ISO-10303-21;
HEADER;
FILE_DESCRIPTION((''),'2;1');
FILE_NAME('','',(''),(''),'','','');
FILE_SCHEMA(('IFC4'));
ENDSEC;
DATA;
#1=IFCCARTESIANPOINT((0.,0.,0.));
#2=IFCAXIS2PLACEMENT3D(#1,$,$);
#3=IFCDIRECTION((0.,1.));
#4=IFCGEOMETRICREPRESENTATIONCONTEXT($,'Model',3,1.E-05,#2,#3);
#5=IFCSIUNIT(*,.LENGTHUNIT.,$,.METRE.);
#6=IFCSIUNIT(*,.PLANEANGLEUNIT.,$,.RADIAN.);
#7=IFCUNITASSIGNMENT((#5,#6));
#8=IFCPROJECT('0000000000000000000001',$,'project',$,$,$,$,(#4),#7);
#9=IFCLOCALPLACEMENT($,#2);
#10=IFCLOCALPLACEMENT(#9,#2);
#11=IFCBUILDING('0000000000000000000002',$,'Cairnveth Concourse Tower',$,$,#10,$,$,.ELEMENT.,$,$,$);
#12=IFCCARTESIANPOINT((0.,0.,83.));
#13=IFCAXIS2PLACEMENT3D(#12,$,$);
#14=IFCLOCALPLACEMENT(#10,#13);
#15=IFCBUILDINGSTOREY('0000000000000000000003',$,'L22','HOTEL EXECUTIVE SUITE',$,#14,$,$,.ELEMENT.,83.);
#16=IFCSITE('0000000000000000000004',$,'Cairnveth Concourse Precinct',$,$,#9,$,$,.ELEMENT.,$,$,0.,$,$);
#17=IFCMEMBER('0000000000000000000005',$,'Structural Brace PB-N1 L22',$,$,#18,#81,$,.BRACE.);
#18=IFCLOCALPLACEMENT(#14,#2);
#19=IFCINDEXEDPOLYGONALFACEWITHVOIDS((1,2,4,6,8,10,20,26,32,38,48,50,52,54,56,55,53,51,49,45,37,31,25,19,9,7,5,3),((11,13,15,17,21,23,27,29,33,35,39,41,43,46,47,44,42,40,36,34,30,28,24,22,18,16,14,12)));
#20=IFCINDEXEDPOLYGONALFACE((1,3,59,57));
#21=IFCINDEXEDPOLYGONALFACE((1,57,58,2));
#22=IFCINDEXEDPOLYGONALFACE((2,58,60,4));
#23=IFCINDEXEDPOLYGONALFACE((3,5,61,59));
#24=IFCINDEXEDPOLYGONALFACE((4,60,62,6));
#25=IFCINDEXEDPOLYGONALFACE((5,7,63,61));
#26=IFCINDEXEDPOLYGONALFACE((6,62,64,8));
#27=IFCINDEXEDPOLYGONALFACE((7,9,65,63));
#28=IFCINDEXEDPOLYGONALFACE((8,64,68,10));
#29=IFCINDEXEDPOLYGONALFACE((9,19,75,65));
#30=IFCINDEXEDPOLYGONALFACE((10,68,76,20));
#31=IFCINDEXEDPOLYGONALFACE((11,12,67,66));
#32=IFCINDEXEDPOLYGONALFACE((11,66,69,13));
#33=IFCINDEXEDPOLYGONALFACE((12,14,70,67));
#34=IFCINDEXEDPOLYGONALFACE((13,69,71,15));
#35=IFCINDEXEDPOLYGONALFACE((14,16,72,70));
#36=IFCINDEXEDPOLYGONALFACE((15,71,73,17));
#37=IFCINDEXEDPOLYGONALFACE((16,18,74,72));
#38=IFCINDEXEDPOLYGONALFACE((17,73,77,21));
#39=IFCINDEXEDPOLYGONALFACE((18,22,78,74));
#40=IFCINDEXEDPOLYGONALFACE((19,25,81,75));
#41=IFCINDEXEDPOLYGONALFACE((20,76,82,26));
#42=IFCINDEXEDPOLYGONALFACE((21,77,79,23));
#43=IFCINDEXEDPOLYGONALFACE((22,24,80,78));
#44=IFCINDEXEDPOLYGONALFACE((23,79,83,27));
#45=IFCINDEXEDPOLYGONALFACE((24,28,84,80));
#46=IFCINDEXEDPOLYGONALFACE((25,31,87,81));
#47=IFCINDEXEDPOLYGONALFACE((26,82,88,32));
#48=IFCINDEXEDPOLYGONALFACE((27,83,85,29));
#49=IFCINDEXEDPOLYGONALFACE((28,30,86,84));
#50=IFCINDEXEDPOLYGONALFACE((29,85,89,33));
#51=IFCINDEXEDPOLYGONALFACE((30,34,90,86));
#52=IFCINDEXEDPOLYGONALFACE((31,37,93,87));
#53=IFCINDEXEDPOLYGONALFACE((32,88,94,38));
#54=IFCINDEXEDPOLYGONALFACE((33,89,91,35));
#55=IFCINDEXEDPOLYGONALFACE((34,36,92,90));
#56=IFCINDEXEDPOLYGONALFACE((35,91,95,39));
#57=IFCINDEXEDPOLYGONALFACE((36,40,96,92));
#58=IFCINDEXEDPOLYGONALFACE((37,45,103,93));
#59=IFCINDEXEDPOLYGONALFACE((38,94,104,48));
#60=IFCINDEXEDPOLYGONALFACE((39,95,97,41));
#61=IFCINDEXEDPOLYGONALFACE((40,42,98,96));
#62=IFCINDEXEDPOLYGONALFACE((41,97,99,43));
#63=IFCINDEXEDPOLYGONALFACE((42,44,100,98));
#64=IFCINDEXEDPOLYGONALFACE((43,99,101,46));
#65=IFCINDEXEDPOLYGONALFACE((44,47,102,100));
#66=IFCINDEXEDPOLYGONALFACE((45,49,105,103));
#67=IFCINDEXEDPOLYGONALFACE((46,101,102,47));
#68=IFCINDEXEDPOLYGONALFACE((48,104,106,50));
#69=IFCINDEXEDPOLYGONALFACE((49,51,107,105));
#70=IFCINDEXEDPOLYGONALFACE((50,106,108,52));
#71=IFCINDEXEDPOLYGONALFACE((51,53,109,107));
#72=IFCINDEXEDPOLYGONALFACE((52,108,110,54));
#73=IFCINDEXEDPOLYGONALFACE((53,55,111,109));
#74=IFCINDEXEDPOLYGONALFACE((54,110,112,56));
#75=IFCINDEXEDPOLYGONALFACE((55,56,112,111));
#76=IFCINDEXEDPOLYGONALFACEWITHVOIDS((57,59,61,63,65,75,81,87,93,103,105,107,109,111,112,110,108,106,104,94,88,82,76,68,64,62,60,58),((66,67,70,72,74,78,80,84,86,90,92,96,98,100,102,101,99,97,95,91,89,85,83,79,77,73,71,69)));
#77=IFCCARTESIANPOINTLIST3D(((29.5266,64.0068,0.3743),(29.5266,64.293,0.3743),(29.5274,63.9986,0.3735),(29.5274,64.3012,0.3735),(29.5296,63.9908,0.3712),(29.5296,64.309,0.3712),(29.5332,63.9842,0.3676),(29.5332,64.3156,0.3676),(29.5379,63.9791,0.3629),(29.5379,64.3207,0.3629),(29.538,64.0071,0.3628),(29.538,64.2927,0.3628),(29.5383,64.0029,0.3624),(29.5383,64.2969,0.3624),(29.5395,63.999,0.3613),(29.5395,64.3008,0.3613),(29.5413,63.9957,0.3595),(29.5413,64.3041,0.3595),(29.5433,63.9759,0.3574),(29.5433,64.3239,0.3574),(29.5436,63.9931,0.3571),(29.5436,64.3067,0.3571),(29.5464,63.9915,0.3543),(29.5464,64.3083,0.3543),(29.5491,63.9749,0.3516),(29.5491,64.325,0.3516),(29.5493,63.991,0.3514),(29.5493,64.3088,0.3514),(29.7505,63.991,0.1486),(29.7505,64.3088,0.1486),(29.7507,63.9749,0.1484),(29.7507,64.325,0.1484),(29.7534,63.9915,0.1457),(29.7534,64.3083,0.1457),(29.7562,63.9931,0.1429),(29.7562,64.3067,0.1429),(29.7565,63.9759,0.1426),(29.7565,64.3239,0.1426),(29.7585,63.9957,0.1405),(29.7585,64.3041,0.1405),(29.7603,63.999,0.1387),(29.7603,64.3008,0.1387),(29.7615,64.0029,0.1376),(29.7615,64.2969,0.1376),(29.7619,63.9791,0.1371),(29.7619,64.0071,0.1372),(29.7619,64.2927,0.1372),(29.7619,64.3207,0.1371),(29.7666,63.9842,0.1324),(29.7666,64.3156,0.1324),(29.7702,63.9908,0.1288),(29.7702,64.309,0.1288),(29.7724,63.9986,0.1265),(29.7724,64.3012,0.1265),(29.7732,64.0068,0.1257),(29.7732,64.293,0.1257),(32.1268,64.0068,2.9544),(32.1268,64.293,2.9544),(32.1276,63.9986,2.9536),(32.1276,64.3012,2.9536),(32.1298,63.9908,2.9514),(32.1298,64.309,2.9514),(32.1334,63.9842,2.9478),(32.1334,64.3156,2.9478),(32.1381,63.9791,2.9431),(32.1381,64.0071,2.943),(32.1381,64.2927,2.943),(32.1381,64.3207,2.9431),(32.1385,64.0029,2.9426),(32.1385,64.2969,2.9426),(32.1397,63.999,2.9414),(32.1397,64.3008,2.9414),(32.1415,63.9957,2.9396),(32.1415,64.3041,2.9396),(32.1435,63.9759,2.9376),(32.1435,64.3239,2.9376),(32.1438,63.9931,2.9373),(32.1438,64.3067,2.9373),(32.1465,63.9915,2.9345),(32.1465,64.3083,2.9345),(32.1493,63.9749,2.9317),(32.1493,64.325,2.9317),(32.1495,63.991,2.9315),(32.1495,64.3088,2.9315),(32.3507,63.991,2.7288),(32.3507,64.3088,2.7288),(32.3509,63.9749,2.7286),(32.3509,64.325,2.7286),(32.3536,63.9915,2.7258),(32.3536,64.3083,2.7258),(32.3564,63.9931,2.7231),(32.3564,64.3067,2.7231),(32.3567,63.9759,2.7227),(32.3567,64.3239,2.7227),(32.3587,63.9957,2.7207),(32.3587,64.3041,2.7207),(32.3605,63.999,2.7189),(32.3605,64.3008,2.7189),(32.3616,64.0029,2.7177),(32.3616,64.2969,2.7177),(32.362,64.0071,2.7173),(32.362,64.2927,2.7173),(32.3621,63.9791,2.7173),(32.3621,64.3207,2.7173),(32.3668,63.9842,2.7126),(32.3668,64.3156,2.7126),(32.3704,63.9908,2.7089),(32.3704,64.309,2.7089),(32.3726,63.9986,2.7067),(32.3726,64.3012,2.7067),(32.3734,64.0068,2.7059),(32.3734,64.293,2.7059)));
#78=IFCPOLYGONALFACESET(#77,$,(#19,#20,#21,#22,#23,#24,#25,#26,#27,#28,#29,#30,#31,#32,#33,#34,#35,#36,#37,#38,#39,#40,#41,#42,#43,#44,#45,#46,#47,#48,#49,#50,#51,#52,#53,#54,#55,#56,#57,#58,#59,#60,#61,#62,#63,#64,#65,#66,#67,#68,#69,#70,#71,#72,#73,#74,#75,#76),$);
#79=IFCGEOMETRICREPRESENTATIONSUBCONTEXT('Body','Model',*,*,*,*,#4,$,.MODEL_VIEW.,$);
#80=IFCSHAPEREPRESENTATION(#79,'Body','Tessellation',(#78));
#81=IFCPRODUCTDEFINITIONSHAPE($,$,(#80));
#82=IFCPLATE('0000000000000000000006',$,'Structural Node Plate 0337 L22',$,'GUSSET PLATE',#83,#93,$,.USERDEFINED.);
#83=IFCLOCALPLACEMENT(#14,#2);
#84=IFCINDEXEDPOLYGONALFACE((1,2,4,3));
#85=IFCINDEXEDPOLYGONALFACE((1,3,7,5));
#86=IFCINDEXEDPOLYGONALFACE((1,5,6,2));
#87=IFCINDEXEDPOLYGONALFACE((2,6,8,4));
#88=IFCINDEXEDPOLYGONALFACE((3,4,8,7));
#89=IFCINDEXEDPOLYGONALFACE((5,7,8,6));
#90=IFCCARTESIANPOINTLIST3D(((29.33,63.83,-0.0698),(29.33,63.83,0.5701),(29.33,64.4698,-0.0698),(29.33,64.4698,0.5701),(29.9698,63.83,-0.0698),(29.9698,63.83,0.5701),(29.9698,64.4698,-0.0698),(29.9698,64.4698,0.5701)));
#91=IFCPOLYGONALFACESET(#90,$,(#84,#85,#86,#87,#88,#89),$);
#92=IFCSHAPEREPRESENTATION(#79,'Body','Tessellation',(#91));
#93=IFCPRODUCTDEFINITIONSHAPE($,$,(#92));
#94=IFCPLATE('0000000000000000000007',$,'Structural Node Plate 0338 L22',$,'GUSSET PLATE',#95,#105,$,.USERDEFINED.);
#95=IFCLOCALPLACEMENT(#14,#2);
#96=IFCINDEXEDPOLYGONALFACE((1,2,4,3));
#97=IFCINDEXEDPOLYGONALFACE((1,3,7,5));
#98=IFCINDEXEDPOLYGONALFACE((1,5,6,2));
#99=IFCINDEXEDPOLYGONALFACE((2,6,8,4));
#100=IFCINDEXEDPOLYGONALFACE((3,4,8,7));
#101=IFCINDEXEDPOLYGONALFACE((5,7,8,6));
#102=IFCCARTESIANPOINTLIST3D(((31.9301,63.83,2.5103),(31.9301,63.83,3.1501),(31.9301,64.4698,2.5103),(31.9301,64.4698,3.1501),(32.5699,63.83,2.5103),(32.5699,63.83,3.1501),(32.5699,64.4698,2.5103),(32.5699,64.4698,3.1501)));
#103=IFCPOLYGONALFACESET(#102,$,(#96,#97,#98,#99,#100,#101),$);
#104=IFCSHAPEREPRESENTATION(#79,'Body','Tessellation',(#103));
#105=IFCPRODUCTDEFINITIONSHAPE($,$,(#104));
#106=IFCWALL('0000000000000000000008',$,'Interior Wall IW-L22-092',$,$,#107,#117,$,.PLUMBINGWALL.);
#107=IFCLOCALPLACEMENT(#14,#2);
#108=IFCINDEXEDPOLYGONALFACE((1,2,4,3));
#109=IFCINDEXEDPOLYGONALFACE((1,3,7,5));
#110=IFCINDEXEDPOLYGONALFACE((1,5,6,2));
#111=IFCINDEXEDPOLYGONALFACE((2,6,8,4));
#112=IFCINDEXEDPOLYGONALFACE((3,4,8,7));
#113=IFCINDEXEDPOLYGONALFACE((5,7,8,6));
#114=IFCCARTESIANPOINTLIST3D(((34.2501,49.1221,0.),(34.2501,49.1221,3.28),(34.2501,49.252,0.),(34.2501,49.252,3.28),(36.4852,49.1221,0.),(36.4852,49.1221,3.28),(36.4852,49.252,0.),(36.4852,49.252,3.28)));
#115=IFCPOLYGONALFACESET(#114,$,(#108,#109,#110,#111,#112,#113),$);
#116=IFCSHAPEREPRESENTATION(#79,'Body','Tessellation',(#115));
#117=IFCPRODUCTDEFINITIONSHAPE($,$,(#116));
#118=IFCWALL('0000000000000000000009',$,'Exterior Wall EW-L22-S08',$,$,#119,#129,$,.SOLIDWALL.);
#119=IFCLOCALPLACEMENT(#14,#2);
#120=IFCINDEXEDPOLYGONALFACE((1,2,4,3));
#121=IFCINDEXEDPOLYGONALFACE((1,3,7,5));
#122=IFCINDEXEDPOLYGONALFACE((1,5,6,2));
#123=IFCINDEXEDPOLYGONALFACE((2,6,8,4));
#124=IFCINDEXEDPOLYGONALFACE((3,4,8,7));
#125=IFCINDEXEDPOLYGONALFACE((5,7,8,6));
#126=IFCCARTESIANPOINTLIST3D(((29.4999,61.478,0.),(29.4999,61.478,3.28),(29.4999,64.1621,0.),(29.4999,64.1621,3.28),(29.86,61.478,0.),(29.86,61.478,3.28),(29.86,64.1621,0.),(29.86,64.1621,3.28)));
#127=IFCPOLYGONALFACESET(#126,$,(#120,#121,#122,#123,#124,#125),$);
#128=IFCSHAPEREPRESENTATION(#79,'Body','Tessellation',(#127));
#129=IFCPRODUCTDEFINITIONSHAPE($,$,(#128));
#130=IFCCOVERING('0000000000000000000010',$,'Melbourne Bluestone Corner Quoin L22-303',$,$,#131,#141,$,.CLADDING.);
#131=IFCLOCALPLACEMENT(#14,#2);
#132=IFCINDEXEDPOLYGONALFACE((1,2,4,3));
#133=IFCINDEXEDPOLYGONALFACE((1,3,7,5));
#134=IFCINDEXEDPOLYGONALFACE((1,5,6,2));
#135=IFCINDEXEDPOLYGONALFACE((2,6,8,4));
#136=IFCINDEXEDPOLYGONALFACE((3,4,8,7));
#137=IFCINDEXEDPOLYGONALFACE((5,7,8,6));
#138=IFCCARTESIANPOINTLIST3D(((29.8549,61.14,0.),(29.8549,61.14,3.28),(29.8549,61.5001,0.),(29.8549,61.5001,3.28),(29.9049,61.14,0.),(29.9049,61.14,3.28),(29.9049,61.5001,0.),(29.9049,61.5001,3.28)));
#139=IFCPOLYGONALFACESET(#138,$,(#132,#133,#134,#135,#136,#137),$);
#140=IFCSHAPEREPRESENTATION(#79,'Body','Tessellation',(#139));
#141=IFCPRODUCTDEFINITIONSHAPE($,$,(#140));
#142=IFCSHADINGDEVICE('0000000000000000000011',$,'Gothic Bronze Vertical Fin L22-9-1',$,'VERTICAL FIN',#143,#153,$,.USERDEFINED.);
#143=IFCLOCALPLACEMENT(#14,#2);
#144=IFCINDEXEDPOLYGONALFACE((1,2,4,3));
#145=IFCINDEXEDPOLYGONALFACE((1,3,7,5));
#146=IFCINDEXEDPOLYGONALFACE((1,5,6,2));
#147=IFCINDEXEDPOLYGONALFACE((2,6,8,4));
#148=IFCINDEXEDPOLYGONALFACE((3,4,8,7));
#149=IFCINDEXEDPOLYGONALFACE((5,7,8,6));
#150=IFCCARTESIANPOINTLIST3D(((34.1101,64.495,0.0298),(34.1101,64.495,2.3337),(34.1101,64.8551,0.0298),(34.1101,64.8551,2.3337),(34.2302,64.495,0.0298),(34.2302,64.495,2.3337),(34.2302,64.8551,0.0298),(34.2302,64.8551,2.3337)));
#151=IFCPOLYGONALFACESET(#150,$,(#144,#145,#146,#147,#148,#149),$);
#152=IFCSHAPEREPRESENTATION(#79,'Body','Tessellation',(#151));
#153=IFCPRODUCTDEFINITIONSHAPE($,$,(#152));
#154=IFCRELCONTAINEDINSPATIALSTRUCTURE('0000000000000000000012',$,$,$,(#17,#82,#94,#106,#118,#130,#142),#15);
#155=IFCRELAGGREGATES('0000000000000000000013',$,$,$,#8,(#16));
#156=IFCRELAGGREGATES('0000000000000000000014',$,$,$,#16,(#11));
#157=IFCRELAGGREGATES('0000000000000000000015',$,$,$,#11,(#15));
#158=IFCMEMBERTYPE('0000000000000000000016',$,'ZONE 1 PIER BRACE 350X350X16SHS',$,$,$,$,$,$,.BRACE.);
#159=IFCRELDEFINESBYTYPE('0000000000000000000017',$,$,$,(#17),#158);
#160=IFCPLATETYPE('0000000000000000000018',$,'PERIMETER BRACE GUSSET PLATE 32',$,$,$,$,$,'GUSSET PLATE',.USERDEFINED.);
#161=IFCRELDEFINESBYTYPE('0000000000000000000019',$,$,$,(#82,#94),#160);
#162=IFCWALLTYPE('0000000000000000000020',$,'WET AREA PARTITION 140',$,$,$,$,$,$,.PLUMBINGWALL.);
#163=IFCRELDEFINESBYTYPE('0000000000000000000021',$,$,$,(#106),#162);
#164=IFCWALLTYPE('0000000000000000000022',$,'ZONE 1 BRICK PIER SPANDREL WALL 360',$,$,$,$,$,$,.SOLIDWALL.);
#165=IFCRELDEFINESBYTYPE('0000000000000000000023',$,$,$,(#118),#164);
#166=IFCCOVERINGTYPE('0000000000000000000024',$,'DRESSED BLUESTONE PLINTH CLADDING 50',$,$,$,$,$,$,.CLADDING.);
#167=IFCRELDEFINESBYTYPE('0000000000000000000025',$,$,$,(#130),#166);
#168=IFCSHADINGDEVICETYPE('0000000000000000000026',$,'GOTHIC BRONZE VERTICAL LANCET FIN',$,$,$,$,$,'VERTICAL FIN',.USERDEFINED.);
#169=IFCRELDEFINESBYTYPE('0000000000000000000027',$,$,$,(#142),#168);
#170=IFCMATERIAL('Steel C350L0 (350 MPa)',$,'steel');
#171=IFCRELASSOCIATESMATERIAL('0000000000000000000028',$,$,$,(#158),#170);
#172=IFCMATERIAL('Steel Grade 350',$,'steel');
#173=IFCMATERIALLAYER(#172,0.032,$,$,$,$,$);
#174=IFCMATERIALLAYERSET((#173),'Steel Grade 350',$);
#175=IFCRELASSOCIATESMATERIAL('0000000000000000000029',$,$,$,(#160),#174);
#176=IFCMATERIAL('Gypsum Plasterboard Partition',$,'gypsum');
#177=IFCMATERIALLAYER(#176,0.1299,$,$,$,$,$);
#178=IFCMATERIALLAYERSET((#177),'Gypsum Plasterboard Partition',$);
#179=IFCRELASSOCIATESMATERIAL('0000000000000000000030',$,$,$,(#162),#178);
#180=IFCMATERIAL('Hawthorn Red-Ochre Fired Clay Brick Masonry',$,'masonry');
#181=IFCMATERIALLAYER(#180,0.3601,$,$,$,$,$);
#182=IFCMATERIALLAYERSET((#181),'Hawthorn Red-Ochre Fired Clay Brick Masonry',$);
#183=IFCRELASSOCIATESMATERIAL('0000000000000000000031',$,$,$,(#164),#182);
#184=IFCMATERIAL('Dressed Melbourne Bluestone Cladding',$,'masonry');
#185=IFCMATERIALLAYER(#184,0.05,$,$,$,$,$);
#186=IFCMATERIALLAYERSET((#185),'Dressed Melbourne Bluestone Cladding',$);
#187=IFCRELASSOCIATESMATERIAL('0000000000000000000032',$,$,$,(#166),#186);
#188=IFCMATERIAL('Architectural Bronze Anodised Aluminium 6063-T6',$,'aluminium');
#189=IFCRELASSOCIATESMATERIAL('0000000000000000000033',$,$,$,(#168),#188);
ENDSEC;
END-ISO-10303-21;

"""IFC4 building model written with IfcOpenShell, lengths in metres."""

from ifc_helpers import new_model, si_unit, direction, frame, frame_2d, origin, origin_2d, place, context, subcontext, project, spatial, rectangle, hollow_rectangle, extrude, material, layer, layer_set, material_profile, profile_set, type_object, element, save


model = new_model("IFC4")

# Units and contexts
model_context = context("Model", 3, precision=1e-05, world=origin(), true_north=direction((0.0, 1.0)))
body_context = subcontext(model_context, "Body", "Model", "MODEL_VIEW")
ifc_project = project(units=[si_unit("LENGTHUNIT", "METRE"), si_unit("PLANEANGLEUNIT", "RADIAN")], contexts=[model_context])

# Site, building, storey
site_placement = place(None, origin())
site = spatial("IfcSite", under=ifc_project, at=site_placement, Name="Cairnveth Concourse Precinct", CompositionType="ELEMENT", RefElevation=0.0)
building_placement = place(site_placement, origin())
building = spatial("IfcBuilding", under=site, at=building_placement, Name="Cairnveth Concourse Tower", CompositionType="ELEMENT")
storey_placement = place(building_placement, frame((0.0, 0.0, 83.0)))
storey = spatial("IfcBuildingStorey", under=building, at=storey_placement, Name="L22", Description="HOTEL EXECUTIVE SUITE", CompositionType="ELEMENT", Elevation=83.0)

# Member
ifc_material_1 = material(Name="Steel C350L0 (350 MPa)", Category="steel")
ifc_material_profile = material_profile(ifc_material_1, hollow_rectangle(XDim=0.3501, YDim=0.3501, WallThickness=0.0161, InnerFilletRadius=0.0161, OuterFilletRadius=0.032, at=origin_2d()), Name="350x350x16.0SHS")
ifc_profile_set = profile_set([ifc_material_profile], Name="Steel C350L0 (350 MPa)")
member_type = type_object("IfcMemberType", Name="ZONE 1 PIER BRACE 350X350X16SHS", PredefinedType="BRACE", material=ifc_profile_set)
member_placement = place(storey_placement, frame((29.6499, 64.1499, 0.25), z_axis=(0.709834, 0.0, 0.704369), x_axis=(0.0, 1.0, 0.0)))
element("IfcMember", 1, at=member_placement, inside=storey, type_object=member_type, Name="Structural Brace PB-N1 L22", PredefinedType="BRACE", context=body_context, shape_type="SweptSolid", body=[
    extrude(hollow_rectangle(XDim=0.3501, YDim=0.3501, WallThickness=0.0161, InnerFilletRadius=0.0161, OuterFilletRadius=0.032, at=origin_2d()), origin(), (0.0, 0.0, 1.0), 3.6631),
])

# Plates
ifc_material_2 = material(Name="Steel Grade 350", Category="steel")
ifc_layer_1 = layer(ifc_material_2, 0.032)
ifc_layer_set_1 = layer_set([ifc_layer_1], Name="Steel Grade 350")
plate_type = type_object("IfcPlateType", Name="PERIMETER BRACE GUSSET PLATE 32", ElementType="GUSSET PLATE", PredefinedType="USERDEFINED", material=ifc_layer_set_1)
for number, where, z_axis, x_axis, name in (
    (2, (29.6499, 64.1499, -0.0698), (0.0, 0.0, 1.0), (1.0, 0.0, 0.0), "Structural Node Plate 0337 L22"),
    (3, (32.25, 64.1499, 2.5103), (0.0, 0.0, 1.0), (1.0, 0.0, 0.0), "Structural Node Plate 0338 L22"),
):
    element("IfcPlate", number, at=place(storey_placement, frame(where, z_axis=z_axis, x_axis=x_axis)), inside=storey, type_object=plate_type, Name=name, ObjectType="GUSSET PLATE", PredefinedType="USERDEFINED", context=body_context, shape_type="SweptSolid", body=[
        extrude(rectangle(XDim=0.6399, YDim=0.6399, at=origin_2d()), origin(), (0.0, 0.0, 1.0), 0.6399),
    ])

# Walls
ifc_material_3 = material(Name="Gypsum Plasterboard Partition", Category="gypsum")
ifc_layer_2 = layer(ifc_material_3, 0.1299)
ifc_layer_set_2 = layer_set([ifc_layer_2], Name="Gypsum Plasterboard Partition")
wall_type_1 = type_object("IfcWallType", Name="WET AREA PARTITION 140", PredefinedType="PLUMBINGWALL", material=ifc_layer_set_2)
wall_1_placement = place(storey_placement, frame((34.25, 49.187, 0.0), z_axis=(0.0, 0.0, 1.0), x_axis=(1.0, 0.0, 0.0)))
element("IfcWall", 4, at=wall_1_placement, inside=storey, type_object=wall_type_1, Name="Interior Wall IW-L22-092", PredefinedType="PLUMBINGWALL", context=body_context, shape_type="SweptSolid", body=[
    extrude(rectangle(XDim=2.2351, YDim=0.1299, at=frame_2d((1.1177, 0.0))), origin(), (0.0, 0.0, 1.0), 3.28),
])
ifc_material_4 = material(Name="Hawthorn Red-Ochre Fired Clay Brick Masonry", Category="masonry")
ifc_layer_3 = layer(ifc_material_4, 0.3601)
ifc_layer_set_3 = layer_set([ifc_layer_3], Name="Hawthorn Red-Ochre Fired Clay Brick Masonry")
wall_type_2 = type_object("IfcWallType", Name="ZONE 1 BRICK PIER SPANDREL WALL 360", PredefinedType="SOLIDWALL", material=ifc_layer_set_3)
wall_2_placement = place(storey_placement, frame((29.6799, 61.478, 0.0), z_axis=(0.0, 0.0, 1.0), x_axis=(0.0, 1.0, 0.0)))
element("IfcWall", 5, at=wall_2_placement, inside=storey, type_object=wall_type_2, Name="Exterior Wall EW-L22-S08", PredefinedType="SOLIDWALL", context=body_context, shape_type="SweptSolid", body=[
    extrude(rectangle(XDim=2.6841, YDim=0.3601, at=frame_2d((1.342, 0.0))), origin(), (0.0, 0.0, 1.0), 3.28),
])

# Covering
ifc_material_5 = material(Name="Dressed Melbourne Bluestone Cladding", Category="masonry")
ifc_layer_4 = layer(ifc_material_5, 0.05)
ifc_layer_set_4 = layer_set([ifc_layer_4], Name="Dressed Melbourne Bluestone Cladding")
covering_type = type_object("IfcCoveringType", Name="DRESSED BLUESTONE PLINTH CLADDING 50", PredefinedType="CLADDING", material=ifc_layer_set_4)
covering_placement = place(storey_placement, frame((29.8799, 61.1399, 0.0), z_axis=(0.0, 0.0, 1.0), x_axis=(0.0, 1.0, 0.0)))
element("IfcCovering", 6, at=covering_placement, inside=storey, type_object=covering_type, Name="Melbourne Bluestone Corner Quoin L22-303", PredefinedType="CLADDING", context=body_context, shape_type="SweptSolid", body=[
    extrude(rectangle(XDim=0.3601, YDim=0.05, at=frame_2d((0.1802, 0.0))), origin(), (0.0, 0.0, 1.0), 3.28),
])

# Shading device
ifc_material_6 = material(Name="Architectural Bronze Anodised Aluminium 6063-T6", Category="aluminium")
shading_device_type = type_object("IfcShadingDeviceType", Name="GOTHIC BRONZE VERTICAL LANCET FIN", ElementType="VERTICAL FIN", PredefinedType="USERDEFINED", material=ifc_material_6)
shading_device_placement = place(storey_placement, frame((34.1702, 64.675, 0.0298), z_axis=(0.0, 0.0, 1.0), x_axis=(1.0, 0.0, 0.0)))
element("IfcShadingDevice", 7, at=shading_device_placement, inside=storey, type_object=shading_device_type, Name="Gothic Bronze Vertical Fin L22-9-1", ObjectType="VERTICAL FIN", PredefinedType="USERDEFINED", context=body_context, shape_type="SweptSolid", body=[
    extrude(rectangle(XDim=0.1201, YDim=0.3601, at=origin_2d()), origin(), (0.0, 0.0, 1.0), 2.304),
])

save(model, "model.ifc")
